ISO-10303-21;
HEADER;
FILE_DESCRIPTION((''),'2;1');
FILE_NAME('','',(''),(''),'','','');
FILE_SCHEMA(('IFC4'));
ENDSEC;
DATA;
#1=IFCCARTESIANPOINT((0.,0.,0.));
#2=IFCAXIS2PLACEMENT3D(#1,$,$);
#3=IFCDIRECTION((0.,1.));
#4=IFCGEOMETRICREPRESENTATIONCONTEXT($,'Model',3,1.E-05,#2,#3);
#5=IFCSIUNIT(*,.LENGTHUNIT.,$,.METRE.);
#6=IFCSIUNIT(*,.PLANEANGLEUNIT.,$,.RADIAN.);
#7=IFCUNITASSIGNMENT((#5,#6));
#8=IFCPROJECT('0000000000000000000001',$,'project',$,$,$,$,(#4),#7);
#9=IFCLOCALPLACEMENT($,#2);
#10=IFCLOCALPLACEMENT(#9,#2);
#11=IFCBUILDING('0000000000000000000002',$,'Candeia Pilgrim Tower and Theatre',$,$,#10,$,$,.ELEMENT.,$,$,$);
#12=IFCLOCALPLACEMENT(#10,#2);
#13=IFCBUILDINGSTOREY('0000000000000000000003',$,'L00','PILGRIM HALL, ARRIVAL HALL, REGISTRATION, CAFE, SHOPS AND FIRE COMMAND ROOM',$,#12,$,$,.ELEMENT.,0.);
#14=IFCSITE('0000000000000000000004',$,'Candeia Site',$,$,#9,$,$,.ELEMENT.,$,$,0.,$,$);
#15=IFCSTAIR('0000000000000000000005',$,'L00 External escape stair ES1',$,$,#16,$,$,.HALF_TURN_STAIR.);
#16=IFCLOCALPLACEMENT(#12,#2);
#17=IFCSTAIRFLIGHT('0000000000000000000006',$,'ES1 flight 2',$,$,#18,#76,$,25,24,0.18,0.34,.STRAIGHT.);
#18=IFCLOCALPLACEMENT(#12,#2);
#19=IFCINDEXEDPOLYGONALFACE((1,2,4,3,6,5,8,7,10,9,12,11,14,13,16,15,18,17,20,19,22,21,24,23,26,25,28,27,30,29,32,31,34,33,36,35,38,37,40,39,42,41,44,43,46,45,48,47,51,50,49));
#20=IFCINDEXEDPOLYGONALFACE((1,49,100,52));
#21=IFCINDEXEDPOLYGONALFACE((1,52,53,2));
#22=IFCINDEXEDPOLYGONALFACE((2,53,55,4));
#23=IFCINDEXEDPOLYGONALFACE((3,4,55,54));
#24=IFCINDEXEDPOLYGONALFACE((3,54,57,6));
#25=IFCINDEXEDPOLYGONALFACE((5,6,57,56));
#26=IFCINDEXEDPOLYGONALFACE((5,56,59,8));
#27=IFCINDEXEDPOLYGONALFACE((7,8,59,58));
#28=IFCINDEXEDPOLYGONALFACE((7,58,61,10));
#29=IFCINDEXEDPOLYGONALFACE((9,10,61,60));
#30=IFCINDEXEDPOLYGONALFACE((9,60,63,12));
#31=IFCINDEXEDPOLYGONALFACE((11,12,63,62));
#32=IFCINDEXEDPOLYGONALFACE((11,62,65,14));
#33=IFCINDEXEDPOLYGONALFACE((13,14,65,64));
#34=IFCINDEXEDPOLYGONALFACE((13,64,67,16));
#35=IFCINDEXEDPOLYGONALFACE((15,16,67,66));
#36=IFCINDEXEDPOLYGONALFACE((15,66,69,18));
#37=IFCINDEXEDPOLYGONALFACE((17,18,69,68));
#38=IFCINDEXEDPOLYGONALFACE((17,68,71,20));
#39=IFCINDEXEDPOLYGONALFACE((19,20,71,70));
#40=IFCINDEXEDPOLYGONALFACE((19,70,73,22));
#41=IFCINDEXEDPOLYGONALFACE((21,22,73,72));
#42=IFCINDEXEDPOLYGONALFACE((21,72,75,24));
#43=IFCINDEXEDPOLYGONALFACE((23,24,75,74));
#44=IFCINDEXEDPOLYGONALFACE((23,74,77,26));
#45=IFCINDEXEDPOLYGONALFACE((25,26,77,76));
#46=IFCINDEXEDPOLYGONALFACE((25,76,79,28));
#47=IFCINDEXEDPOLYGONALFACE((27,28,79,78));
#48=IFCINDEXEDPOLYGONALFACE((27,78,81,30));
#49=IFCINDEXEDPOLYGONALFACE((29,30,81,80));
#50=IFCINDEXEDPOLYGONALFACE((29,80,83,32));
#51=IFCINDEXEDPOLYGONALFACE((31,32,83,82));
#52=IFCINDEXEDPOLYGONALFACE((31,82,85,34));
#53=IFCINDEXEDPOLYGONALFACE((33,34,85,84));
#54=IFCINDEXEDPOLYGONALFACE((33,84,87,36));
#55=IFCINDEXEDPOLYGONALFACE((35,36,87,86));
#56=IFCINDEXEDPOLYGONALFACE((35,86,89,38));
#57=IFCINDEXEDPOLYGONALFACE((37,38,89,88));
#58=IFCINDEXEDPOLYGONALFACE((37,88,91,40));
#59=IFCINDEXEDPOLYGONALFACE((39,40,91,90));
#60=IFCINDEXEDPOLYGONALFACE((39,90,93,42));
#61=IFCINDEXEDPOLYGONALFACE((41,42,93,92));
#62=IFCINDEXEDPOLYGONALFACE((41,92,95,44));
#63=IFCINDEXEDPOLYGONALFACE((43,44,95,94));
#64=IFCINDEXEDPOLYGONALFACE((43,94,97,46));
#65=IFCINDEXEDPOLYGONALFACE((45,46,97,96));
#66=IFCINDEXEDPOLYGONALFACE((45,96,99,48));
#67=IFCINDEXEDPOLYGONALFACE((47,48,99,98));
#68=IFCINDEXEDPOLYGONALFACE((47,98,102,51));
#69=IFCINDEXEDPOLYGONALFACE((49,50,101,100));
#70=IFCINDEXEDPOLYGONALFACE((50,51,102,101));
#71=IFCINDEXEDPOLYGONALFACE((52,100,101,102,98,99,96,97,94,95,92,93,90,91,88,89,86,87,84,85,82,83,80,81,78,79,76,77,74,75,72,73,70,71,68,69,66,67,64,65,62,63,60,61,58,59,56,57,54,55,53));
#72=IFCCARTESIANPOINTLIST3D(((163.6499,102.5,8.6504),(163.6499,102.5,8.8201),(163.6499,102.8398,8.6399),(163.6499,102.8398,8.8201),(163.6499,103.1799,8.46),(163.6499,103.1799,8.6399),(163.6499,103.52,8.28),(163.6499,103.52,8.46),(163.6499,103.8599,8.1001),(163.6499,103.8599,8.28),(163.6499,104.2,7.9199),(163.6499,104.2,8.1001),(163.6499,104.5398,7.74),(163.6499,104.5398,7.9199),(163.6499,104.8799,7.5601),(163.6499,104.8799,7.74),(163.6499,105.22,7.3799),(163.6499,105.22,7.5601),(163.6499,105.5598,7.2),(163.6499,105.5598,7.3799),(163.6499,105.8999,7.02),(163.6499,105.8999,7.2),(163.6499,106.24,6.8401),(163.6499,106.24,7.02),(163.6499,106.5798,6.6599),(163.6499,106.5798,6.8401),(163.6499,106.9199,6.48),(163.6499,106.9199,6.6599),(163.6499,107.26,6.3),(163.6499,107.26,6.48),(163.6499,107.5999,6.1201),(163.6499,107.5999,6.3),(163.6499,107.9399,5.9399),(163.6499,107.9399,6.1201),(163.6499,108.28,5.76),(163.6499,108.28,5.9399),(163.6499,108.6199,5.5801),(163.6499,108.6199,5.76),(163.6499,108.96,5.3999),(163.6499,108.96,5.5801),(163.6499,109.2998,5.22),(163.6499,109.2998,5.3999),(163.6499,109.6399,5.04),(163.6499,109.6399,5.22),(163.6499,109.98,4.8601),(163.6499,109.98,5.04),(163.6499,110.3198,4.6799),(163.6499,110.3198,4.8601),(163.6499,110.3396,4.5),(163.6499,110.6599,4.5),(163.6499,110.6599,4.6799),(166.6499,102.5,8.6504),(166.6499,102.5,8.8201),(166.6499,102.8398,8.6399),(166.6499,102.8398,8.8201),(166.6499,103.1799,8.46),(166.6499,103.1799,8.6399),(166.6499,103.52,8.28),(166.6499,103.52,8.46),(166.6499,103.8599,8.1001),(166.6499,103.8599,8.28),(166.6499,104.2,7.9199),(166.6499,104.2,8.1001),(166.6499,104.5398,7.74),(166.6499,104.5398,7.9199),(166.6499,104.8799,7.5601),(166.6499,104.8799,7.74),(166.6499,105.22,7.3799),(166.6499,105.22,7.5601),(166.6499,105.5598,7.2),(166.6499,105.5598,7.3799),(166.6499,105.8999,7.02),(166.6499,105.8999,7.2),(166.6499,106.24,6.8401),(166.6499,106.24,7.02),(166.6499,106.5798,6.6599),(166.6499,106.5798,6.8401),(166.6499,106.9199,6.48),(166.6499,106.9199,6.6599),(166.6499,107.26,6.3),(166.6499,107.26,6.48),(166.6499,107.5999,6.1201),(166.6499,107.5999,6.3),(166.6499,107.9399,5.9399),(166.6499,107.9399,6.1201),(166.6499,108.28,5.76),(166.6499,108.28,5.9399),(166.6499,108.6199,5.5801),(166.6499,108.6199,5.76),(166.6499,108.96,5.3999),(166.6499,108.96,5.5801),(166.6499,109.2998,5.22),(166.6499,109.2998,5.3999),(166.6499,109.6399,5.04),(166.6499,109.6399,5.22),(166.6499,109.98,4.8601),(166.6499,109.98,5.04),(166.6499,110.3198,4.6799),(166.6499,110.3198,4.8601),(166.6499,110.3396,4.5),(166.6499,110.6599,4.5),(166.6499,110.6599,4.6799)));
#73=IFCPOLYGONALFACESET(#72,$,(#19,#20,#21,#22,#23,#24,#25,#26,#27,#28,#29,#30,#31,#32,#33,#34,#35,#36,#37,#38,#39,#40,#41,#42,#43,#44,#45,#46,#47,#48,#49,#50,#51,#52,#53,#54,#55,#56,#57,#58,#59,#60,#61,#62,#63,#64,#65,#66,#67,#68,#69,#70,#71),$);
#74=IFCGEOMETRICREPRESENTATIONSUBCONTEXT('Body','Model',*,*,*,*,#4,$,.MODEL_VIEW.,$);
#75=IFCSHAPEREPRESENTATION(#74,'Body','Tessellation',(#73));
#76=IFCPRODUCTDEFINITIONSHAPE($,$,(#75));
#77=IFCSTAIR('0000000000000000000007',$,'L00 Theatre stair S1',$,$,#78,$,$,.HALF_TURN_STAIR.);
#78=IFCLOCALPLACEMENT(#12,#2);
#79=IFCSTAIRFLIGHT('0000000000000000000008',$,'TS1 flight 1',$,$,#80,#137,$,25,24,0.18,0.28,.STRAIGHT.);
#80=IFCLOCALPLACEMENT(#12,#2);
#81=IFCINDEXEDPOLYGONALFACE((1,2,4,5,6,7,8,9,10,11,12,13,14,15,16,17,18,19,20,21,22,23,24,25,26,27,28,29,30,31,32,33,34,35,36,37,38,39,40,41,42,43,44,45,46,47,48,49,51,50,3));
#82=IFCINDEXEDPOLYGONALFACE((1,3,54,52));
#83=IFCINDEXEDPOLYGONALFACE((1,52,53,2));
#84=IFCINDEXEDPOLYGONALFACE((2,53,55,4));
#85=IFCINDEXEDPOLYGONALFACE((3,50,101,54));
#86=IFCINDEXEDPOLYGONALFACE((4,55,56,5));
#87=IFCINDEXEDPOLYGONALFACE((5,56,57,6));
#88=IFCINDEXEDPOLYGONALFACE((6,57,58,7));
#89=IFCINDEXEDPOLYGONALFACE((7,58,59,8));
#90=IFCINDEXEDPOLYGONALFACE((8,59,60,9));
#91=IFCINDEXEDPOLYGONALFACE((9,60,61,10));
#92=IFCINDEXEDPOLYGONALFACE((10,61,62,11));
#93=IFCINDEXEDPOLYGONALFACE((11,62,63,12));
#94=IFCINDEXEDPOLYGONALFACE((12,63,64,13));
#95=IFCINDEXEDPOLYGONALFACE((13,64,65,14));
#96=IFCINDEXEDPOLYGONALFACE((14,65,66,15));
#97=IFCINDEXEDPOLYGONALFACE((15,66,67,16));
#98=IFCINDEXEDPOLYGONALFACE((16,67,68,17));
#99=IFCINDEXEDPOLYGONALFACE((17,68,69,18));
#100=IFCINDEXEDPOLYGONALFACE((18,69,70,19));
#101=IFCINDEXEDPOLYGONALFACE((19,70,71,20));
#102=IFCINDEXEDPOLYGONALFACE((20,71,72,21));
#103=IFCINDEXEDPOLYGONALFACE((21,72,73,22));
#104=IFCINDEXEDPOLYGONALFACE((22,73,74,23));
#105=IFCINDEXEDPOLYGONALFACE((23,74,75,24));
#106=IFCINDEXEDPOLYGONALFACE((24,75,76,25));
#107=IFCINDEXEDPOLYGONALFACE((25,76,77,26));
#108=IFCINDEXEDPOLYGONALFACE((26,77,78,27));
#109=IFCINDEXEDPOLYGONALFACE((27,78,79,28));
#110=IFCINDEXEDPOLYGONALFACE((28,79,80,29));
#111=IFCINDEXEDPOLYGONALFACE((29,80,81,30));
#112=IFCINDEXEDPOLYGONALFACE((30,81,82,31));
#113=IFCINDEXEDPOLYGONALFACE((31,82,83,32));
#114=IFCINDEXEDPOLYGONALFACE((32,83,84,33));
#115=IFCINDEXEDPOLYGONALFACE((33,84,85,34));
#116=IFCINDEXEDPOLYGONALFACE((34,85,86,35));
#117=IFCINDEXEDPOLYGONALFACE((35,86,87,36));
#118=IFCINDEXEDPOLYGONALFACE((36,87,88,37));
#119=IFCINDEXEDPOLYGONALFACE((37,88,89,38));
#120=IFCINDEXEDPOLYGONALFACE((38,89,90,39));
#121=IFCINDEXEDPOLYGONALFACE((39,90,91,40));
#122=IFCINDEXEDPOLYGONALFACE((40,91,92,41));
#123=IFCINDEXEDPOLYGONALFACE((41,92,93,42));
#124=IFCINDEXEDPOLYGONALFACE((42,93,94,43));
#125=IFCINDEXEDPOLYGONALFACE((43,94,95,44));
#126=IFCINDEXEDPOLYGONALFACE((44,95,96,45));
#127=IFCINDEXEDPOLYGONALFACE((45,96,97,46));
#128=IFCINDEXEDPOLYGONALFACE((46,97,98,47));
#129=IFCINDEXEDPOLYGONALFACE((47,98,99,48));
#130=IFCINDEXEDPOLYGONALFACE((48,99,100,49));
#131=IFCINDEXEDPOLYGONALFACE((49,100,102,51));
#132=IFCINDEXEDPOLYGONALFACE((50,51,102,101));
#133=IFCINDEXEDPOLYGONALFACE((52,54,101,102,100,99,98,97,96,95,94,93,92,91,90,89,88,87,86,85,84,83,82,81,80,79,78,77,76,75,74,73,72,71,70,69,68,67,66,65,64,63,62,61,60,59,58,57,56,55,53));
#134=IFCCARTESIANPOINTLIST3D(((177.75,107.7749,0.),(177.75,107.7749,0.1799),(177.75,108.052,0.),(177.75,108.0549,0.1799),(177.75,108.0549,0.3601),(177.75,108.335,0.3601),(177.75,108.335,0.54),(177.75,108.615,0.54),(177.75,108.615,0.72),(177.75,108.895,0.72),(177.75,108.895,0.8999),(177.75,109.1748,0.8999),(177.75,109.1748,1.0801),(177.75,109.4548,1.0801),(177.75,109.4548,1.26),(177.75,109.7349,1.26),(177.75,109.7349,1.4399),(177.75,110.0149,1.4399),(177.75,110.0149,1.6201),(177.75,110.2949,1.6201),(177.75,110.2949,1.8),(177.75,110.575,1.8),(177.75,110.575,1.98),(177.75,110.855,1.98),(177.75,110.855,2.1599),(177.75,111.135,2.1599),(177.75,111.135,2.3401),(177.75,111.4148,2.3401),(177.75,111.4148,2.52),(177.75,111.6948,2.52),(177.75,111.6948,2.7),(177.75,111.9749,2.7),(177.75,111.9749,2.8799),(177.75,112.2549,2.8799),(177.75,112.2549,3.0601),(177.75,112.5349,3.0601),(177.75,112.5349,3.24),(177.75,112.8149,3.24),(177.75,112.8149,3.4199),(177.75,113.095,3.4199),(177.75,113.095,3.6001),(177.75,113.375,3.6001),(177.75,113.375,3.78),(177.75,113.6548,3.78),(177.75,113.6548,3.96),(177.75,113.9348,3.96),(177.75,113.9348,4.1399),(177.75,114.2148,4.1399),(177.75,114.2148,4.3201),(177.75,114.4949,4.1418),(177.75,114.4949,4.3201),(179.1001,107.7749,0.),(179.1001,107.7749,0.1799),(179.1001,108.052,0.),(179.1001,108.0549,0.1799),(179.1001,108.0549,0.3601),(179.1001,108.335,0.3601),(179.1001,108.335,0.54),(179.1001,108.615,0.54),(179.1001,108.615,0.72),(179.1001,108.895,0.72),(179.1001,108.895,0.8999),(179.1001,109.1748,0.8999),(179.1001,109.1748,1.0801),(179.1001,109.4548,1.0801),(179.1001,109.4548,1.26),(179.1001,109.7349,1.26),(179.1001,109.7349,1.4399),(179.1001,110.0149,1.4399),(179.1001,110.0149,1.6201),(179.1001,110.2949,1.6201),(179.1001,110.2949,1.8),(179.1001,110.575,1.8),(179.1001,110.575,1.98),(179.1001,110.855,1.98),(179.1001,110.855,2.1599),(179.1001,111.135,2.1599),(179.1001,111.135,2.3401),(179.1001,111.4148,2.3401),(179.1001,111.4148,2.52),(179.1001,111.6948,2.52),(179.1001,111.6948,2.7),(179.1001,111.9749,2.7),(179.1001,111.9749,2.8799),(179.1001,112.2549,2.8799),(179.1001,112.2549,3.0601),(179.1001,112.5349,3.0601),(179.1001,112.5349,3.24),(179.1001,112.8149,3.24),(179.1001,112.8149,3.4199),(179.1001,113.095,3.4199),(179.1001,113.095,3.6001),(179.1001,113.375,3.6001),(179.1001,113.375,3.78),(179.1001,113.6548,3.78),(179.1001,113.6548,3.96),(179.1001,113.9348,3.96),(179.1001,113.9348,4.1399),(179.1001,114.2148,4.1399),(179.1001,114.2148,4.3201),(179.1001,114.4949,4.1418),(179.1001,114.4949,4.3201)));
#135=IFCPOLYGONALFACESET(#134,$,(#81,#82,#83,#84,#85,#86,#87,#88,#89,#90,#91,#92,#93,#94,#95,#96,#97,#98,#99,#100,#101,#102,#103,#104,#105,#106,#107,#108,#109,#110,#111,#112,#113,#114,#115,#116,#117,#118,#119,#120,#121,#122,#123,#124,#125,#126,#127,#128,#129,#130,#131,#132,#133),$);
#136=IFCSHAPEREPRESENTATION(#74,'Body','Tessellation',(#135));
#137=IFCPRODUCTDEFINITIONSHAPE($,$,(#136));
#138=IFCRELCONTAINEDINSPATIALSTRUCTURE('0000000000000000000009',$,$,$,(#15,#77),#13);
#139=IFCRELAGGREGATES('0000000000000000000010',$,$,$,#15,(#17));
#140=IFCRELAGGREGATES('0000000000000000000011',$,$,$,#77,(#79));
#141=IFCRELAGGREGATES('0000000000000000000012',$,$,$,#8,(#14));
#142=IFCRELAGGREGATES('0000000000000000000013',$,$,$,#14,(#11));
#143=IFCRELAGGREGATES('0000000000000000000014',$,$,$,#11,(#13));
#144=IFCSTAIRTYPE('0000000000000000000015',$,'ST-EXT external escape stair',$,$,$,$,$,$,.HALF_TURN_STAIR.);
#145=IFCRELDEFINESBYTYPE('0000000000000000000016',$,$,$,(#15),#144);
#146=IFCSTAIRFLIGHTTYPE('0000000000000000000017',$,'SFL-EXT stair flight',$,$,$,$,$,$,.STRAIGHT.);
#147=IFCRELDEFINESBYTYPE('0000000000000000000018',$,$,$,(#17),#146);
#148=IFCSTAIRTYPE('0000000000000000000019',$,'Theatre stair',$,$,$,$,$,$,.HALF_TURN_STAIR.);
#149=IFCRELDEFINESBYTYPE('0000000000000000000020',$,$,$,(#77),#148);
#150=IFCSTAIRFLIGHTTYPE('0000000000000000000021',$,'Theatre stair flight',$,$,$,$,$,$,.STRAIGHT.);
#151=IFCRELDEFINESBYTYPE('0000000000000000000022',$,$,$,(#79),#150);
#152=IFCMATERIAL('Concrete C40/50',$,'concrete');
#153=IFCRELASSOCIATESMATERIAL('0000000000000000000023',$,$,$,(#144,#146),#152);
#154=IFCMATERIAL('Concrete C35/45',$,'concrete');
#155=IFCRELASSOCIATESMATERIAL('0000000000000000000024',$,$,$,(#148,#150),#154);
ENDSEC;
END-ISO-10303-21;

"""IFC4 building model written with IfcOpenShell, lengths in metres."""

from ifc_helpers import new_model, si_unit, direction, frame, origin, place, context, subcontext, project, spatial, polyline, outline, extrude, material, type_object, element, aggregate, save


model = new_model("IFC4")

# Units and contexts
model_context = context("Model", 3, precision=1e-05, world=origin(), true_north=direction((0.0, 1.0)))
body_context = subcontext(model_context, "Body", "Model", "MODEL_VIEW")
ifc_project = project(units=[si_unit("LENGTHUNIT", "METRE"), si_unit("PLANEANGLEUNIT", "RADIAN")], contexts=[model_context])

# Site, building, storey
site_placement = place(None, origin())
site = spatial("IfcSite", under=ifc_project, at=site_placement, Name="Candeia Site", CompositionType="ELEMENT", RefElevation=0.0)
building_placement = place(site_placement, origin())
building = spatial("IfcBuilding", under=site, at=building_placement, Name="Candeia Pilgrim Tower and Theatre", CompositionType="ELEMENT")
storey_placement = place(building_placement, origin())
storey = spatial("IfcBuildingStorey", under=building, at=storey_placement, Name="L00", Description="PILGRIM HALL, ARRIVAL HALL, REGISTRATION, CAFE, SHOPS AND FIRE COMMAND ROOM", CompositionType="ELEMENT", Elevation=0.0)

# Shared definitions
ifc_material_1 = material(Name="Concrete C40/50", Category="concrete")
ifc_material_2 = material(Name="Concrete C35/45", Category="concrete")

# Stair, stair flight
stair_type_1 = type_object("IfcStairType", Name="ST-EXT external escape stair", PredefinedType="HALF_TURN_STAIR", material=ifc_material_1)
stair_1_placement = place(storey_placement, origin())
stair_1 = element("IfcStair", 1, at=stair_1_placement, inside=storey, type_object=stair_type_1, Name="L00 External escape stair ES1", PredefinedType="HALF_TURN_STAIR")
stair_flight_type_1 = type_object("IfcStairFlightType", Name="SFL-EXT stair flight", PredefinedType="STRAIGHT", material=ifc_material_1)
stair_flight_1_placement = place(storey_placement, frame((165.1499, 110.6599, 4.5), z_axis=(0.0, 0.0, 1.0), x_axis=(0.0, -1.0, 0.0)))
stair_flight_1 = element("IfcStairFlight", 2, at=stair_flight_1_placement, type_object=stair_flight_type_1, Name="ES1 flight 2", NumberOfRisers=25, NumberOfTreads=24, PredefinedType="STRAIGHT", RiserHeight=0.18, TreadLength=0.34, context=body_context, shape_type="SweptSolid", body=[
    extrude(outline(polyline([(0.0, 0.0), (0.0, 0.1799), (0.3401, 0.1799), (0.3401, 0.3601), (0.6799, 0.3601), (0.6799, 0.54), (1.02, 0.54), (1.02, 0.72), (1.3601, 0.72), (1.3601, 0.8999), (1.7, 0.8999), (1.7, 1.0801), (2.04, 1.0801), (2.04, 1.26), (2.3799, 1.26), (2.3799, 1.4399), (2.72, 1.4399), (2.72, 1.6201), (3.0601, 1.6201), (3.0601, 1.8), (3.3999, 1.8), (3.3999, 1.98), (3.74, 1.98), (3.74, 2.1599), (4.0801, 2.1599), (4.0801, 2.3401), (4.4199, 2.3401), (4.4199, 2.52), (4.76, 2.52), (4.76, 2.7), (5.1001, 2.7), (5.1001, 2.8799), (5.4399, 2.8799), (5.4399, 3.0601), (5.78, 3.0601), (5.78, 3.24), (6.1201, 3.24), (6.1201, 3.4199), (6.46, 3.4199), (6.46, 3.6001), (6.8, 3.6001), (6.8, 3.78), (7.1399, 3.78), (7.1399, 3.96), (7.48, 3.96), (7.48, 4.1399), (7.8201, 4.1399), (7.8201, 4.3201), (8.1599, 4.3201), (8.1599, 4.5), (8.1599, 4.1504), (0.3203, 0.0), (0.0, 0.0)])), frame((0.0, 1.5, 0.0), z_axis=(0.0, -1.0, 0.0), x_axis=(1.0, 0.0, 0.0)), (0.0, 0.0, 1.0), 3.0),
])
aggregate(stair_1, [stair_flight_1])

# Stair, stair flight
stair_type_2 = type_object("IfcStairType", Name="Theatre stair", PredefinedType="HALF_TURN_STAIR", material=ifc_material_2)
stair_2_placement = place(storey_placement, origin())
stair_2 = element("IfcStair", 3, at=stair_2_placement, inside=storey, type_object=stair_type_2, Name="L00 Theatre stair S1", PredefinedType="HALF_TURN_STAIR")
stair_flight_type_2 = type_object("IfcStairFlightType", Name="Theatre stair flight", PredefinedType="STRAIGHT", material=ifc_material_2)
stair_flight_2_placement = place(storey_placement, frame((178.425, 107.7749, 0.0), z_axis=(0.0, 0.0, 1.0), x_axis=(0.0, 1.0, 0.0)))
stair_flight_2 = element("IfcStairFlight", 4, at=stair_flight_2_placement, type_object=stair_flight_type_2, Name="TS1 flight 1", NumberOfRisers=25, NumberOfTreads=24, PredefinedType="STRAIGHT", RiserHeight=0.18, TreadLength=0.28, context=body_context, shape_type="SweptSolid", body=[
    extrude(outline(polyline([(0.0, 0.0), (0.0, 0.1799), (0.28, 0.1799), (0.28, 0.3601), (0.5601, 0.3601), (0.5601, 0.54), (0.8401, 0.54), (0.8401, 0.72), (1.1201, 0.72), (1.1201, 0.8999), (1.3999, 0.8999), (1.3999, 1.0801), (1.6799, 1.0801), (1.6799, 1.26), (1.96, 1.26), (1.96, 1.4399), (2.24, 1.4399), (2.24, 1.6201), (2.52, 1.6201), (2.52, 1.8), (2.8, 1.8), (2.8, 1.98), (3.0801, 1.98), (3.0801, 2.1599), (3.3601, 2.1599), (3.3601, 2.3401), (3.6399, 2.3401), (3.6399, 2.52), (3.9199, 2.52), (3.9199, 2.7), (4.2, 2.7), (4.2, 2.8799), (4.48, 2.8799), (4.48, 3.0601), (4.76, 3.0601), (4.76, 3.24), (5.04, 3.24), (5.04, 3.4199), (5.3201, 3.4199), (5.3201, 3.6001), (5.6001, 3.6001), (5.6001, 3.78), (5.8799, 3.78), (5.8799, 3.96), (6.1599, 3.96), (6.1599, 4.1399), (6.4399, 4.1399), (6.4399, 4.3201), (6.72, 4.3201), (6.72, 4.5), (6.72, 4.1418), (0.2771, 0.0), (0.0, 0.0)])), frame((0.0, 0.675, 0.0), z_axis=(0.0, -1.0, 0.0), x_axis=(1.0, 0.0, 0.0)), (0.0, 0.0, 1.0), 1.3501),
])
aggregate(stair_2, [stair_flight_2])

save(model, "model.ifc")
